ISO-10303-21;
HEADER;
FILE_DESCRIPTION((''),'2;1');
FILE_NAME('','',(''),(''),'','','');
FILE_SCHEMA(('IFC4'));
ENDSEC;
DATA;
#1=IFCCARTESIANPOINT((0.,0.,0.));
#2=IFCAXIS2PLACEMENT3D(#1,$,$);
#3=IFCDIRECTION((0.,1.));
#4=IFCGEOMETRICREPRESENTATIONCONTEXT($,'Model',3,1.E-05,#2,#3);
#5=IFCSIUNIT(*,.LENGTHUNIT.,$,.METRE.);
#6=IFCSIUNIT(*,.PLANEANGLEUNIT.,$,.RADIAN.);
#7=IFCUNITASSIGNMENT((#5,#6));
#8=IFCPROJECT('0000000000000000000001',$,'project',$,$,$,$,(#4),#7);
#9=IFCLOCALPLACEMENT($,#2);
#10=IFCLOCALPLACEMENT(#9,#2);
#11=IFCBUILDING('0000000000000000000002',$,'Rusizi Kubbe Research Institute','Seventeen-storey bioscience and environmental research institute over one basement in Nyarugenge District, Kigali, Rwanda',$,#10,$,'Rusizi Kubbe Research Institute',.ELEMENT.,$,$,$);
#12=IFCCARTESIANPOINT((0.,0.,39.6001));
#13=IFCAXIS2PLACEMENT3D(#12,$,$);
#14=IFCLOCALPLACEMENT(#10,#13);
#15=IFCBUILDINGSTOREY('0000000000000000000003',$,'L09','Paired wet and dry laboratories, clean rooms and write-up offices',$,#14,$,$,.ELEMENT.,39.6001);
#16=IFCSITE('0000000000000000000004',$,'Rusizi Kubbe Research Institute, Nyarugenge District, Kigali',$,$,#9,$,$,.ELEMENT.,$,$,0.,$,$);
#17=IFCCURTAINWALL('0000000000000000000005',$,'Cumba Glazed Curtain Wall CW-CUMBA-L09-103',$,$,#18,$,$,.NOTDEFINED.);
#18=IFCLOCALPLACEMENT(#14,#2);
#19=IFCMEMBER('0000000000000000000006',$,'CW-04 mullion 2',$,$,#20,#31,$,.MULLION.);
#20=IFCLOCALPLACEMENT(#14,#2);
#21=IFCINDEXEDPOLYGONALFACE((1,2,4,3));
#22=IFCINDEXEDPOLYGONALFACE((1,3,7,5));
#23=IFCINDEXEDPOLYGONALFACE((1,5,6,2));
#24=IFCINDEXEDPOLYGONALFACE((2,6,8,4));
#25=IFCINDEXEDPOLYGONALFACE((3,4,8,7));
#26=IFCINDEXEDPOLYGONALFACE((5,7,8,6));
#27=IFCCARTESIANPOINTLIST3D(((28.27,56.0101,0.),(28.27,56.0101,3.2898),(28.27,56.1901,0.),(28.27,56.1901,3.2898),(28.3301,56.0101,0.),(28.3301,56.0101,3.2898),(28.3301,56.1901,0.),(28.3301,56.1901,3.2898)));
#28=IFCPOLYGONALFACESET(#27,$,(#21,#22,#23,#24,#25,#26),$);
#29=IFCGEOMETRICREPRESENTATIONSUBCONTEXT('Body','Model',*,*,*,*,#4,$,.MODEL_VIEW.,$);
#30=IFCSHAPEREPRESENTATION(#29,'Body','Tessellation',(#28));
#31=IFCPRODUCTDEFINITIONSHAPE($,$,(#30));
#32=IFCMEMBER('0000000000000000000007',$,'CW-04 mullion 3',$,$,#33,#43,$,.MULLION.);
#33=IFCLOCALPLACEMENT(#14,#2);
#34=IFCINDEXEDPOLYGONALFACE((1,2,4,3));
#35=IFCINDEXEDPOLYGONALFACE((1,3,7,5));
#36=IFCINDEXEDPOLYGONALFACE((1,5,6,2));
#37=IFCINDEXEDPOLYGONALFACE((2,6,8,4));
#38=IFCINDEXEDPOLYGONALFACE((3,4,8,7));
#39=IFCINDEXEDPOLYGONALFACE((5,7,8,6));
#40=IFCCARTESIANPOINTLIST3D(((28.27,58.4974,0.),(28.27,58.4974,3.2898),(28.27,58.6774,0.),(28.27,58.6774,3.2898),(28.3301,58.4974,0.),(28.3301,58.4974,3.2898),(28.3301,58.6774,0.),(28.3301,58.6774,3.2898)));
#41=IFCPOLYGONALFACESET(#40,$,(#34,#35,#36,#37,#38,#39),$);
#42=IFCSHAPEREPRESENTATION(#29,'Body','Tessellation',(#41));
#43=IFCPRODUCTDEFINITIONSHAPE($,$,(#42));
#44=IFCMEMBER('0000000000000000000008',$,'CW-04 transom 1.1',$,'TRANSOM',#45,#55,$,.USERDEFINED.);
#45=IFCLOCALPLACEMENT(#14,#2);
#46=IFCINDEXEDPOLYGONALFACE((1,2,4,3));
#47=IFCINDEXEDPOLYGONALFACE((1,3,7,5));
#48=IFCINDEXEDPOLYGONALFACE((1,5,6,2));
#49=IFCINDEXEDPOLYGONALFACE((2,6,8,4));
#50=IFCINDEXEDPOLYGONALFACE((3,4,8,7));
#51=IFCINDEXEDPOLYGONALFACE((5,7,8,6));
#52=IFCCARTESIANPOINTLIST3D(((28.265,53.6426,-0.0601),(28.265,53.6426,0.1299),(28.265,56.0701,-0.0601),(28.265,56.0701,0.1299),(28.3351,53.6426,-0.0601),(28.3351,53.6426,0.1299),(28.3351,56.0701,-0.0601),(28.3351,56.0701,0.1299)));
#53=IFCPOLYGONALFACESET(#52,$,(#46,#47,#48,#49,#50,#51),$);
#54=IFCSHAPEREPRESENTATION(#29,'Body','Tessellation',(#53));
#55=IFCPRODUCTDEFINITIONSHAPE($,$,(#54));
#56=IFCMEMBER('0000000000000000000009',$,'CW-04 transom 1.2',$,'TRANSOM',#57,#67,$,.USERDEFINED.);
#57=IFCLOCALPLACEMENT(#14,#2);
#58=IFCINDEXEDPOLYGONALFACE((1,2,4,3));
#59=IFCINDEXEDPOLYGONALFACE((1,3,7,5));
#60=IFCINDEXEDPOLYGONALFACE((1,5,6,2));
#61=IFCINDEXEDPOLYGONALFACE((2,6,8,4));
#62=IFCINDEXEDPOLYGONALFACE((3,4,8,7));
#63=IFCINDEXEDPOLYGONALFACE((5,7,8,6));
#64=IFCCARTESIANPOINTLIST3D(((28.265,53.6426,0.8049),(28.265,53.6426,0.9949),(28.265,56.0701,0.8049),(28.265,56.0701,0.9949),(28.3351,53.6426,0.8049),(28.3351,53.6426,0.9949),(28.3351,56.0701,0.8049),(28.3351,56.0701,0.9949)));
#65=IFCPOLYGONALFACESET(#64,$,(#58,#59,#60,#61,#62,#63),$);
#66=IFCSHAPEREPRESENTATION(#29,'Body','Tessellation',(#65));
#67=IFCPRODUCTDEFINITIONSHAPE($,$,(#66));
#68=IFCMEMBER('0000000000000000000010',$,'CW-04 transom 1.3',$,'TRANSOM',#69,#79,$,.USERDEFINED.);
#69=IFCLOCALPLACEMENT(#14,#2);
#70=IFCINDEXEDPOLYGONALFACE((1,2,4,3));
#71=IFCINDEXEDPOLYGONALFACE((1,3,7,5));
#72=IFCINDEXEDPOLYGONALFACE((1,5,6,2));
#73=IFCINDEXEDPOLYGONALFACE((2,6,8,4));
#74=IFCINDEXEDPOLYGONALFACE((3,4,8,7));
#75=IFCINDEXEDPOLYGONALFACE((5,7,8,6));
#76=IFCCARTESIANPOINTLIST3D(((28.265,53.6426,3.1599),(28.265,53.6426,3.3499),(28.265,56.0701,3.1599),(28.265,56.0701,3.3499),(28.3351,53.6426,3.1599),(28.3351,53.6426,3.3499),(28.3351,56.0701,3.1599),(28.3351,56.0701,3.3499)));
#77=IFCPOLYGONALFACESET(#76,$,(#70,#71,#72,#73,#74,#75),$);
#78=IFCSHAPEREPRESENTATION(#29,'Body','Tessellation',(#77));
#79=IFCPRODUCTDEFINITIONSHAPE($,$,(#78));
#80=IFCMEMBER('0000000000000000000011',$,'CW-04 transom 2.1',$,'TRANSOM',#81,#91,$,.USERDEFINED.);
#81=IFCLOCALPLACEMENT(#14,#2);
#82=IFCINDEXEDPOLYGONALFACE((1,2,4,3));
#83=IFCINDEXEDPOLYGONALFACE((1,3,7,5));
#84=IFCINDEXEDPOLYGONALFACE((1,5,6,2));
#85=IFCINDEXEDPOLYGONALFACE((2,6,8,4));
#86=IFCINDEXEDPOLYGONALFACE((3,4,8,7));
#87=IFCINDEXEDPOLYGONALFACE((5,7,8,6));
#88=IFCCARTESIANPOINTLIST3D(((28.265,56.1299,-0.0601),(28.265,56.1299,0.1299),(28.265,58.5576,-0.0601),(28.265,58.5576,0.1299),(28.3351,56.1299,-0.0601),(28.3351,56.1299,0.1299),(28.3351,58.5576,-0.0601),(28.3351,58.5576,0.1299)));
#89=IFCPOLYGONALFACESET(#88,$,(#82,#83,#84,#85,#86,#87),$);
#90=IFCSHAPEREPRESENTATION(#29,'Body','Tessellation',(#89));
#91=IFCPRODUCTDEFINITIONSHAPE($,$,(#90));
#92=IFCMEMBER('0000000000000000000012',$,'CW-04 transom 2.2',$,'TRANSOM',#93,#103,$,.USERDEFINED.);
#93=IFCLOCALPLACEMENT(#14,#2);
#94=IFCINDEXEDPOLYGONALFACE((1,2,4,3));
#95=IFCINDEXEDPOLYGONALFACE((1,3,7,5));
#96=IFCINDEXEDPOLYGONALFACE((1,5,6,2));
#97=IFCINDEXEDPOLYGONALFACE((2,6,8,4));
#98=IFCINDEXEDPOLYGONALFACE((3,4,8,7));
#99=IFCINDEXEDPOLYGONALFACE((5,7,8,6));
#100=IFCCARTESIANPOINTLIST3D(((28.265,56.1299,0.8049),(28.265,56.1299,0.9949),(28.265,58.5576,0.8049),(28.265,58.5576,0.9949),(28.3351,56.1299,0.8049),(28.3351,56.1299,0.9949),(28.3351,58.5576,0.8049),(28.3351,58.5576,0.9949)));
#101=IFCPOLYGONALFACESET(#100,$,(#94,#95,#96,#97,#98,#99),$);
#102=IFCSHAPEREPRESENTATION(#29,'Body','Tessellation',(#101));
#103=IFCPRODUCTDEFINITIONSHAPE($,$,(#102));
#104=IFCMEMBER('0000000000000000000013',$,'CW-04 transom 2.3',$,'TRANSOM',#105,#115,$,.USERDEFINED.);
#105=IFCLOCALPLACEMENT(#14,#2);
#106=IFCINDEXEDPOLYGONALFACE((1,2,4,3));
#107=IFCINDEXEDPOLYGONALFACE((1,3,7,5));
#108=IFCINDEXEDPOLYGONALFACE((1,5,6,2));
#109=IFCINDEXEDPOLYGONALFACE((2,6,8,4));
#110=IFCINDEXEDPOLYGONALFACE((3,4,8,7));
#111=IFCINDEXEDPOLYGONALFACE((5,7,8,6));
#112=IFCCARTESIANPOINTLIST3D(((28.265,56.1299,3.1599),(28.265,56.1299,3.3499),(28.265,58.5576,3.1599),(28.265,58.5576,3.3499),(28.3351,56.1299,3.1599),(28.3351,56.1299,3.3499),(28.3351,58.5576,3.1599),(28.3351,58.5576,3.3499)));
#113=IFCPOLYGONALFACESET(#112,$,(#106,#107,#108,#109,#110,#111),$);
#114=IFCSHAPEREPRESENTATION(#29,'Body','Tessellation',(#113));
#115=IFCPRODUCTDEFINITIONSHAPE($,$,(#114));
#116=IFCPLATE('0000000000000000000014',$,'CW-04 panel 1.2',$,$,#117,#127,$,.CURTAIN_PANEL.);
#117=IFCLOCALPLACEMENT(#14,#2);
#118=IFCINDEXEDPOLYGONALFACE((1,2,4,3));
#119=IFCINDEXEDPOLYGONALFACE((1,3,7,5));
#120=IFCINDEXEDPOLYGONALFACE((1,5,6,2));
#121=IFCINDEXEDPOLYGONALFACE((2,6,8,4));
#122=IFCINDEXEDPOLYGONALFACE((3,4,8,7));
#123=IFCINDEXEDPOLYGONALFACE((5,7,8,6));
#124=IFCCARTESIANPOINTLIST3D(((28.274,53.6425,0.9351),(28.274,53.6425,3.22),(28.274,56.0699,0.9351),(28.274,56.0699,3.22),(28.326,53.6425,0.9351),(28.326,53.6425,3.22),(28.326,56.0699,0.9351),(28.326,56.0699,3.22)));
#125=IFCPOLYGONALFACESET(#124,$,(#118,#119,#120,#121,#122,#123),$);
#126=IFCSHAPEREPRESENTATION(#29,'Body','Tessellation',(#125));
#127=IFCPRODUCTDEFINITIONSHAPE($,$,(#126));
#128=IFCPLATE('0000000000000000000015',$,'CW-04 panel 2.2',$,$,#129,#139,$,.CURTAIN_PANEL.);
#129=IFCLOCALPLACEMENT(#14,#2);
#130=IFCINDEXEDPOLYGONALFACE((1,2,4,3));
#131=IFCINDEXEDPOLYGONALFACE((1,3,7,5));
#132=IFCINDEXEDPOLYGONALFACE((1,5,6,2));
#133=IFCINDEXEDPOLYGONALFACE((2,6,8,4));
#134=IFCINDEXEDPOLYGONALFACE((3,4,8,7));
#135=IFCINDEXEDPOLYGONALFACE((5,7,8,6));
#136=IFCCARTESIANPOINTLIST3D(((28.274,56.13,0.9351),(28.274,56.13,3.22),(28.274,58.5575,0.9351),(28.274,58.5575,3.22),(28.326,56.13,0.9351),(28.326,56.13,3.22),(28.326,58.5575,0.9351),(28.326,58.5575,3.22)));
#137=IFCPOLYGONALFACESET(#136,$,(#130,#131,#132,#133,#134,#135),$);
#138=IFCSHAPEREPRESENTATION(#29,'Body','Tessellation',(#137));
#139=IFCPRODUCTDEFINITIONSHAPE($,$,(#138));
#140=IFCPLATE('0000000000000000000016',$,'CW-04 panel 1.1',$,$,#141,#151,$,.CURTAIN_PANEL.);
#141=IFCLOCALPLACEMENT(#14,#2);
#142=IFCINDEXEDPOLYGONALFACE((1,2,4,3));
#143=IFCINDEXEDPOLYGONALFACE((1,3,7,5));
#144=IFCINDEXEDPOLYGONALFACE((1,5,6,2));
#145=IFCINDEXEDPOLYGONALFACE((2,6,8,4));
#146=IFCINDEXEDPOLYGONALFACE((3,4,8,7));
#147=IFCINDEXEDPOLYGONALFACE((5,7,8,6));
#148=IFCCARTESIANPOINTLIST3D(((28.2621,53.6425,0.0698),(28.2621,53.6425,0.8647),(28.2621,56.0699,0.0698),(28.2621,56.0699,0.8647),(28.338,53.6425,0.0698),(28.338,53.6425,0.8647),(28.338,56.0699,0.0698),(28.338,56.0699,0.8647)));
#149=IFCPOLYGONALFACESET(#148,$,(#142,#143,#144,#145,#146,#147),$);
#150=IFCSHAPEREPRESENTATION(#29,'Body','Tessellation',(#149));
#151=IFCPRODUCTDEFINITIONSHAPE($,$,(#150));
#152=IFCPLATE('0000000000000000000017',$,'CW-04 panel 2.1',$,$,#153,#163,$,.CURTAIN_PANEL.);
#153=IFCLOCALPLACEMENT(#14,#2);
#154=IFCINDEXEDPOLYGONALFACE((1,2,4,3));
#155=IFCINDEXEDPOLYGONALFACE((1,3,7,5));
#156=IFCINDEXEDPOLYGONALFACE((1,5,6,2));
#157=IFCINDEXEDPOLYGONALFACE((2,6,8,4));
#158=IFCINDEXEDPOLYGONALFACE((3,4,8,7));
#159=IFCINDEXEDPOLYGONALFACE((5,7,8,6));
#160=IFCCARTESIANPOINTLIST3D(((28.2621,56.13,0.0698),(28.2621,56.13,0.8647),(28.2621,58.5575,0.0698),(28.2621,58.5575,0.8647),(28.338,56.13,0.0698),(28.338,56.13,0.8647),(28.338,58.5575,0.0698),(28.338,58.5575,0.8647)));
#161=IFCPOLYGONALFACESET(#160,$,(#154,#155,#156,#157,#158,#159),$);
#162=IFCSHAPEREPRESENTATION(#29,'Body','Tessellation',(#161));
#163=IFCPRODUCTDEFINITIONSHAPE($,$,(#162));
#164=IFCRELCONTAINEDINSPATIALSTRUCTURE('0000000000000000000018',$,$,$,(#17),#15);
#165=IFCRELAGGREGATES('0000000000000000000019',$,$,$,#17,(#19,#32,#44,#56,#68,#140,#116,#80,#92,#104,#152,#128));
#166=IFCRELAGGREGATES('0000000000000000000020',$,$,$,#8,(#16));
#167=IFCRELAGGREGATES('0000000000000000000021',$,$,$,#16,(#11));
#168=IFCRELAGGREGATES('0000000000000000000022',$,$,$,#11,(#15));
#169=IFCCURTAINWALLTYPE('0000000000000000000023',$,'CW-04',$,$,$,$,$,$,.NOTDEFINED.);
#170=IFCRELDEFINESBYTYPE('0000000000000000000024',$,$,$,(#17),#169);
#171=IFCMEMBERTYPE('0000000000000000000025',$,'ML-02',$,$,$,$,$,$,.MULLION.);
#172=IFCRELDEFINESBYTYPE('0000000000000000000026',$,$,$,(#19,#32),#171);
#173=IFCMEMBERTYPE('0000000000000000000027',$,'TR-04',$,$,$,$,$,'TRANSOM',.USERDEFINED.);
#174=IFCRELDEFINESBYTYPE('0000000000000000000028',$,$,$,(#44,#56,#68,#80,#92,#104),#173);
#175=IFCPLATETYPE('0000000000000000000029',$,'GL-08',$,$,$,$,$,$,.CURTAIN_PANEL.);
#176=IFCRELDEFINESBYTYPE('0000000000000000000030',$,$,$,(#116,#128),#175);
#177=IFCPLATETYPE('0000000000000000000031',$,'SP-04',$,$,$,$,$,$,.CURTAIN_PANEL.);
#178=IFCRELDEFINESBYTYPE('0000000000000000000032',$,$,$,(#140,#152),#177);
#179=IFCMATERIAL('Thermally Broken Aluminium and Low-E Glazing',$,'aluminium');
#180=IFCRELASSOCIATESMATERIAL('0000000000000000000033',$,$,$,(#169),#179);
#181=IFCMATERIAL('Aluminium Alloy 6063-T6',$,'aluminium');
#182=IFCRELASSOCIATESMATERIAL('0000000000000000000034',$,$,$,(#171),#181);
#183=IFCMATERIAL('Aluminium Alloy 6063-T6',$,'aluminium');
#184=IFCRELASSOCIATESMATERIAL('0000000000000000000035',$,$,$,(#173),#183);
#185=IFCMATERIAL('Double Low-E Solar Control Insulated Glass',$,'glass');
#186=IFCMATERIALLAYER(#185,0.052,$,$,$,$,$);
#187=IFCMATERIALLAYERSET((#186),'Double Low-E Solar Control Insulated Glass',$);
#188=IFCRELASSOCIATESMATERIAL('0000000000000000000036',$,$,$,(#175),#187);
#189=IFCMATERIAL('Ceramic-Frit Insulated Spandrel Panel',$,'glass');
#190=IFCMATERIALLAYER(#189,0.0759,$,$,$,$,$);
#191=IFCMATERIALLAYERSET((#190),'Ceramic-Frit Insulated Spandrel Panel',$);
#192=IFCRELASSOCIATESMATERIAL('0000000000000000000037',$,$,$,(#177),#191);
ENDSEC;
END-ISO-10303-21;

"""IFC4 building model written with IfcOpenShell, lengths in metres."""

from ifc_helpers import new_model, si_unit, direction, frame, origin, origin_2d, place, context, subcontext, project, spatial, rectangle, extrude, material, layer, layer_set, material_profile, profile_set, type_object, element, aggregate, save


model = new_model("IFC4")

# Units and contexts
model_context = context("Model", 3, precision=1e-05, world=origin(), true_north=direction((0.0, 1.0)))
body_context = subcontext(model_context, "Body", "Model", "MODEL_VIEW")
ifc_project = project(units=[si_unit("LENGTHUNIT", "METRE"), si_unit("PLANEANGLEUNIT", "RADIAN")], contexts=[model_context])

# Site, building, storey
site_placement = place(None, origin())
site = spatial("IfcSite", under=ifc_project, at=site_placement, Name="Rusizi Kubbe Research Institute, Nyarugenge District, Kigali", CompositionType="ELEMENT", RefElevation=0.0)
building_placement = place(site_placement, origin())
building = spatial("IfcBuilding", under=site, at=building_placement, Name="Rusizi Kubbe Research Institute", Description="Seventeen-storey bioscience and environmental research institute over one basement in Nyarugenge District, Kigali, Rwanda", LongName="Rusizi Kubbe Research Institute", CompositionType="ELEMENT")
storey_placement = place(building_placement, frame((0.0, 0.0, 39.6001)))
storey = spatial("IfcBuildingStorey", under=building, at=storey_placement, Name="L09", Description="Paired wet and dry laboratories, clean rooms and write-up offices", CompositionType="ELEMENT", Elevation=39.6001)

# Curtain wall, members, plates
ifc_material_1 = material(Name="Thermally Broken Aluminium and Low-E Glazing", Category="aluminium")
curtain_wall_type = type_object("IfcCurtainWallType", Name="CW-04", PredefinedType="NOTDEFINED", material=ifc_material_1)
curtain_wall_placement = place(storey_placement, origin())
curtain_wall = element("IfcCurtainWall", 1, at=curtain_wall_placement, inside=storey, type_object=curtain_wall_type, Name="Cumba Glazed Curtain Wall CW-CUMBA-L09-103", PredefinedType="NOTDEFINED")
ifc_material_2 = material(Name="Aluminium Alloy 6063-T6", Category="aluminium")
ifc_material_profile_1 = material_profile(ifc_material_2, rectangle(XDim=0.0601, YDim=0.1799, at=origin_2d()), Name="ALU-M 60x180")
ifc_profile_set_1 = profile_set([ifc_material_profile_1], Name="Aluminium Alloy 6063-T6")
member_type_1 = type_object("IfcMemberType", Name="ML-02", PredefinedType="MULLION", material=ifc_profile_set_1)
member_1_placement = place(storey_placement, frame((28.3, 56.1001, 0.0), z_axis=(0.0, 0.0, 1.0), x_axis=(-1.0, 0.0, 0.0)))
member_1 = element("IfcMember", 2, at=member_1_placement, type_object=member_type_1, Name="CW-04 mullion 2", PredefinedType="MULLION", context=body_context, shape_type="SweptSolid", body=[
    extrude(rectangle(XDim=0.0601, YDim=0.1799, at=origin_2d()), origin(), (0.0, 0.0, 1.0), 3.2898),
])
member_2_placement = place(storey_placement, frame((28.3, 58.5874, 0.0), z_axis=(0.0, 0.0, 1.0), x_axis=(-1.0, 0.0, 0.0)))
member_2 = element("IfcMember", 3, at=member_2_placement, type_object=member_type_1, Name="CW-04 mullion 3", PredefinedType="MULLION", context=body_context, shape_type="SweptSolid", body=[
    extrude(rectangle(XDim=0.0601, YDim=0.1799, at=origin_2d()), origin(), (0.0, 0.0, 1.0), 3.2898),
])
ifc_material_3 = material(Name="Aluminium Alloy 6063-T6", Category="aluminium")
ifc_material_profile_2 = material_profile(ifc_material_3, rectangle(XDim=0.0701, YDim=0.1899, at=origin_2d()), Name="ALU-T 70x190")
ifc_profile_set_2 = profile_set([ifc_material_profile_2], Name="Aluminium Alloy 6063-T6")
member_type_2 = type_object("IfcMemberType", Name="TR-04", ElementType="TRANSOM", PredefinedType="USERDEFINED", material=ifc_profile_set_2)
member_3_placement = place(storey_placement, frame((28.3, 53.6426, 0.0349), z_axis=(0.0, 1.0, 0.0), x_axis=(-1.0, 0.0, 0.0)))
member_3 = element("IfcMember", 4, at=member_3_placement, type_object=member_type_2, Name="CW-04 transom 1.1", ObjectType="TRANSOM", PredefinedType="USERDEFINED", context=body_context, shape_type="SweptSolid", body=[
    extrude(rectangle(XDim=0.0701, YDim=0.1899, at=origin_2d()), origin(), (0.0, 0.0, 1.0), 2.4275),
])
member_4_placement = place(storey_placement, frame((28.3, 53.6426, 0.8999), z_axis=(0.0, 1.0, 0.0), x_axis=(-1.0, 0.0, 0.0)))
member_4 = element("IfcMember", 5, at=member_4_placement, type_object=member_type_2, Name="CW-04 transom 1.2", ObjectType="TRANSOM", PredefinedType="USERDEFINED", context=body_context, shape_type="SweptSolid", body=[
    extrude(rectangle(XDim=0.0701, YDim=0.1899, at=origin_2d()), origin(), (0.0, 0.0, 1.0), 2.4275),
])
member_5_placement = place(storey_placement, frame((28.3, 53.6426, 3.2549), z_axis=(0.0, 1.0, 0.0), x_axis=(-1.0, 0.0, 0.0)))
member_5 = element("IfcMember", 6, at=member_5_placement, type_object=member_type_2, Name="CW-04 transom 1.3", ObjectType="TRANSOM", PredefinedType="USERDEFINED", context=body_context, shape_type="SweptSolid", body=[
    extrude(rectangle(XDim=0.0701, YDim=0.1899, at=origin_2d()), origin(), (0.0, 0.0, 1.0), 2.4275),
])
member_6_placement = place(storey_placement, frame((28.3, 56.1299, 0.0349), z_axis=(0.0, 1.0, 0.0), x_axis=(-1.0, 0.0, 0.0)))
member_6 = element("IfcMember", 7, at=member_6_placement, type_object=member_type_2, Name="CW-04 transom 2.1", ObjectType="TRANSOM", PredefinedType="USERDEFINED", context=body_context, shape_type="SweptSolid", body=[
    extrude(rectangle(XDim=0.0701, YDim=0.1899, at=origin_2d()), origin(), (0.0, 0.0, 1.0), 2.4277),
])
member_7_placement = place(storey_placement, frame((28.3, 56.1299, 0.8999), z_axis=(0.0, 1.0, 0.0), x_axis=(-1.0, 0.0, 0.0)))
member_7 = element("IfcMember", 8, at=member_7_placement, type_object=member_type_2, Name="CW-04 transom 2.2", ObjectType="TRANSOM", PredefinedType="USERDEFINED", context=body_context, shape_type="SweptSolid", body=[
    extrude(rectangle(XDim=0.0701, YDim=0.1899, at=origin_2d()), origin(), (0.0, 0.0, 1.0), 2.4277),
])
member_8_placement = place(storey_placement, frame((28.3, 56.1299, 3.2549), z_axis=(0.0, 1.0, 0.0), x_axis=(-1.0, 0.0, 0.0)))
member_8 = element("IfcMember", 9, at=member_8_placement, type_object=member_type_2, Name="CW-04 transom 2.3", ObjectType="TRANSOM", PredefinedType="USERDEFINED", context=body_context, shape_type="SweptSolid", body=[
    extrude(rectangle(XDim=0.0701, YDim=0.1899, at=origin_2d()), origin(), (0.0, 0.0, 1.0), 2.4277),
])
ifc_material_4 = material(Name="Double Low-E Solar Control Insulated Glass", Category="glass")
ifc_layer_1 = layer(ifc_material_4, 0.052)
ifc_layer_set_1 = layer_set([ifc_layer_1], Name="Double Low-E Solar Control Insulated Glass")
plate_type_1 = type_object("IfcPlateType", Name="GL-08", PredefinedType="CURTAIN_PANEL", material=ifc_layer_set_1)
plate_1_placement = place(storey_placement, frame((28.3, 54.8562, 0.9351), z_axis=(0.0, 0.0, 1.0), x_axis=(0.0, 1.0, 0.0)))
plate_1 = element("IfcPlate", 10, at=plate_1_placement, type_object=plate_type_1, Name="CW-04 panel 1.2", PredefinedType="CURTAIN_PANEL", context=body_context, shape_type="SweptSolid", body=[
    extrude(rectangle(XDim=2.4275, YDim=0.052, at=origin_2d()), origin(), (0.0, 0.0, 1.0), 2.2849),
])
plate_2_placement = place(storey_placement, frame((28.3, 57.3438, 0.9351), z_axis=(0.0, 0.0, 1.0), x_axis=(0.0, 1.0, 0.0)))
plate_2 = element("IfcPlate", 11, at=plate_2_placement, type_object=plate_type_1, Name="CW-04 panel 2.2", PredefinedType="CURTAIN_PANEL", context=body_context, shape_type="SweptSolid", body=[
    extrude(rectangle(XDim=2.4275, YDim=0.052, at=origin_2d()), origin(), (0.0, 0.0, 1.0), 2.2849),
])
ifc_material_5 = material(Name="Ceramic-Frit Insulated Spandrel Panel", Category="glass")
ifc_layer_2 = layer(ifc_material_5, 0.0759)
ifc_layer_set_2 = layer_set([ifc_layer_2], Name="Ceramic-Frit Insulated Spandrel Panel")
plate_type_2 = type_object("IfcPlateType", Name="SP-04", PredefinedType="CURTAIN_PANEL", material=ifc_layer_set_2)
plate_3_placement = place(storey_placement, frame((28.3, 54.8562, 0.0698), z_axis=(0.0, 0.0, 1.0), x_axis=(0.0, 1.0, 0.0)))
plate_3 = element("IfcPlate", 12, at=plate_3_placement, type_object=plate_type_2, Name="CW-04 panel 1.1", PredefinedType="CURTAIN_PANEL", context=body_context, shape_type="SweptSolid", body=[
    extrude(rectangle(XDim=2.4275, YDim=0.0759, at=origin_2d()), origin(), (0.0, 0.0, 1.0), 0.7949),
])
plate_4_placement = place(storey_placement, frame((28.3, 57.3438, 0.0698), z_axis=(0.0, 0.0, 1.0), x_axis=(0.0, 1.0, 0.0)))
plate_4 = element("IfcPlate", 13, at=plate_4_placement, type_object=plate_type_2, Name="CW-04 panel 2.1", PredefinedType="CURTAIN_PANEL", context=body_context, shape_type="SweptSolid", body=[
    extrude(rectangle(XDim=2.4275, YDim=0.0759, at=origin_2d()), origin(), (0.0, 0.0, 1.0), 0.7949),
])
aggregate(curtain_wall, [member_1, member_2, member_3, member_4, member_5, plate_3, plate_1, member_6, member_7, member_8, plate_4, plate_2])

save(model, "model.ifc")
